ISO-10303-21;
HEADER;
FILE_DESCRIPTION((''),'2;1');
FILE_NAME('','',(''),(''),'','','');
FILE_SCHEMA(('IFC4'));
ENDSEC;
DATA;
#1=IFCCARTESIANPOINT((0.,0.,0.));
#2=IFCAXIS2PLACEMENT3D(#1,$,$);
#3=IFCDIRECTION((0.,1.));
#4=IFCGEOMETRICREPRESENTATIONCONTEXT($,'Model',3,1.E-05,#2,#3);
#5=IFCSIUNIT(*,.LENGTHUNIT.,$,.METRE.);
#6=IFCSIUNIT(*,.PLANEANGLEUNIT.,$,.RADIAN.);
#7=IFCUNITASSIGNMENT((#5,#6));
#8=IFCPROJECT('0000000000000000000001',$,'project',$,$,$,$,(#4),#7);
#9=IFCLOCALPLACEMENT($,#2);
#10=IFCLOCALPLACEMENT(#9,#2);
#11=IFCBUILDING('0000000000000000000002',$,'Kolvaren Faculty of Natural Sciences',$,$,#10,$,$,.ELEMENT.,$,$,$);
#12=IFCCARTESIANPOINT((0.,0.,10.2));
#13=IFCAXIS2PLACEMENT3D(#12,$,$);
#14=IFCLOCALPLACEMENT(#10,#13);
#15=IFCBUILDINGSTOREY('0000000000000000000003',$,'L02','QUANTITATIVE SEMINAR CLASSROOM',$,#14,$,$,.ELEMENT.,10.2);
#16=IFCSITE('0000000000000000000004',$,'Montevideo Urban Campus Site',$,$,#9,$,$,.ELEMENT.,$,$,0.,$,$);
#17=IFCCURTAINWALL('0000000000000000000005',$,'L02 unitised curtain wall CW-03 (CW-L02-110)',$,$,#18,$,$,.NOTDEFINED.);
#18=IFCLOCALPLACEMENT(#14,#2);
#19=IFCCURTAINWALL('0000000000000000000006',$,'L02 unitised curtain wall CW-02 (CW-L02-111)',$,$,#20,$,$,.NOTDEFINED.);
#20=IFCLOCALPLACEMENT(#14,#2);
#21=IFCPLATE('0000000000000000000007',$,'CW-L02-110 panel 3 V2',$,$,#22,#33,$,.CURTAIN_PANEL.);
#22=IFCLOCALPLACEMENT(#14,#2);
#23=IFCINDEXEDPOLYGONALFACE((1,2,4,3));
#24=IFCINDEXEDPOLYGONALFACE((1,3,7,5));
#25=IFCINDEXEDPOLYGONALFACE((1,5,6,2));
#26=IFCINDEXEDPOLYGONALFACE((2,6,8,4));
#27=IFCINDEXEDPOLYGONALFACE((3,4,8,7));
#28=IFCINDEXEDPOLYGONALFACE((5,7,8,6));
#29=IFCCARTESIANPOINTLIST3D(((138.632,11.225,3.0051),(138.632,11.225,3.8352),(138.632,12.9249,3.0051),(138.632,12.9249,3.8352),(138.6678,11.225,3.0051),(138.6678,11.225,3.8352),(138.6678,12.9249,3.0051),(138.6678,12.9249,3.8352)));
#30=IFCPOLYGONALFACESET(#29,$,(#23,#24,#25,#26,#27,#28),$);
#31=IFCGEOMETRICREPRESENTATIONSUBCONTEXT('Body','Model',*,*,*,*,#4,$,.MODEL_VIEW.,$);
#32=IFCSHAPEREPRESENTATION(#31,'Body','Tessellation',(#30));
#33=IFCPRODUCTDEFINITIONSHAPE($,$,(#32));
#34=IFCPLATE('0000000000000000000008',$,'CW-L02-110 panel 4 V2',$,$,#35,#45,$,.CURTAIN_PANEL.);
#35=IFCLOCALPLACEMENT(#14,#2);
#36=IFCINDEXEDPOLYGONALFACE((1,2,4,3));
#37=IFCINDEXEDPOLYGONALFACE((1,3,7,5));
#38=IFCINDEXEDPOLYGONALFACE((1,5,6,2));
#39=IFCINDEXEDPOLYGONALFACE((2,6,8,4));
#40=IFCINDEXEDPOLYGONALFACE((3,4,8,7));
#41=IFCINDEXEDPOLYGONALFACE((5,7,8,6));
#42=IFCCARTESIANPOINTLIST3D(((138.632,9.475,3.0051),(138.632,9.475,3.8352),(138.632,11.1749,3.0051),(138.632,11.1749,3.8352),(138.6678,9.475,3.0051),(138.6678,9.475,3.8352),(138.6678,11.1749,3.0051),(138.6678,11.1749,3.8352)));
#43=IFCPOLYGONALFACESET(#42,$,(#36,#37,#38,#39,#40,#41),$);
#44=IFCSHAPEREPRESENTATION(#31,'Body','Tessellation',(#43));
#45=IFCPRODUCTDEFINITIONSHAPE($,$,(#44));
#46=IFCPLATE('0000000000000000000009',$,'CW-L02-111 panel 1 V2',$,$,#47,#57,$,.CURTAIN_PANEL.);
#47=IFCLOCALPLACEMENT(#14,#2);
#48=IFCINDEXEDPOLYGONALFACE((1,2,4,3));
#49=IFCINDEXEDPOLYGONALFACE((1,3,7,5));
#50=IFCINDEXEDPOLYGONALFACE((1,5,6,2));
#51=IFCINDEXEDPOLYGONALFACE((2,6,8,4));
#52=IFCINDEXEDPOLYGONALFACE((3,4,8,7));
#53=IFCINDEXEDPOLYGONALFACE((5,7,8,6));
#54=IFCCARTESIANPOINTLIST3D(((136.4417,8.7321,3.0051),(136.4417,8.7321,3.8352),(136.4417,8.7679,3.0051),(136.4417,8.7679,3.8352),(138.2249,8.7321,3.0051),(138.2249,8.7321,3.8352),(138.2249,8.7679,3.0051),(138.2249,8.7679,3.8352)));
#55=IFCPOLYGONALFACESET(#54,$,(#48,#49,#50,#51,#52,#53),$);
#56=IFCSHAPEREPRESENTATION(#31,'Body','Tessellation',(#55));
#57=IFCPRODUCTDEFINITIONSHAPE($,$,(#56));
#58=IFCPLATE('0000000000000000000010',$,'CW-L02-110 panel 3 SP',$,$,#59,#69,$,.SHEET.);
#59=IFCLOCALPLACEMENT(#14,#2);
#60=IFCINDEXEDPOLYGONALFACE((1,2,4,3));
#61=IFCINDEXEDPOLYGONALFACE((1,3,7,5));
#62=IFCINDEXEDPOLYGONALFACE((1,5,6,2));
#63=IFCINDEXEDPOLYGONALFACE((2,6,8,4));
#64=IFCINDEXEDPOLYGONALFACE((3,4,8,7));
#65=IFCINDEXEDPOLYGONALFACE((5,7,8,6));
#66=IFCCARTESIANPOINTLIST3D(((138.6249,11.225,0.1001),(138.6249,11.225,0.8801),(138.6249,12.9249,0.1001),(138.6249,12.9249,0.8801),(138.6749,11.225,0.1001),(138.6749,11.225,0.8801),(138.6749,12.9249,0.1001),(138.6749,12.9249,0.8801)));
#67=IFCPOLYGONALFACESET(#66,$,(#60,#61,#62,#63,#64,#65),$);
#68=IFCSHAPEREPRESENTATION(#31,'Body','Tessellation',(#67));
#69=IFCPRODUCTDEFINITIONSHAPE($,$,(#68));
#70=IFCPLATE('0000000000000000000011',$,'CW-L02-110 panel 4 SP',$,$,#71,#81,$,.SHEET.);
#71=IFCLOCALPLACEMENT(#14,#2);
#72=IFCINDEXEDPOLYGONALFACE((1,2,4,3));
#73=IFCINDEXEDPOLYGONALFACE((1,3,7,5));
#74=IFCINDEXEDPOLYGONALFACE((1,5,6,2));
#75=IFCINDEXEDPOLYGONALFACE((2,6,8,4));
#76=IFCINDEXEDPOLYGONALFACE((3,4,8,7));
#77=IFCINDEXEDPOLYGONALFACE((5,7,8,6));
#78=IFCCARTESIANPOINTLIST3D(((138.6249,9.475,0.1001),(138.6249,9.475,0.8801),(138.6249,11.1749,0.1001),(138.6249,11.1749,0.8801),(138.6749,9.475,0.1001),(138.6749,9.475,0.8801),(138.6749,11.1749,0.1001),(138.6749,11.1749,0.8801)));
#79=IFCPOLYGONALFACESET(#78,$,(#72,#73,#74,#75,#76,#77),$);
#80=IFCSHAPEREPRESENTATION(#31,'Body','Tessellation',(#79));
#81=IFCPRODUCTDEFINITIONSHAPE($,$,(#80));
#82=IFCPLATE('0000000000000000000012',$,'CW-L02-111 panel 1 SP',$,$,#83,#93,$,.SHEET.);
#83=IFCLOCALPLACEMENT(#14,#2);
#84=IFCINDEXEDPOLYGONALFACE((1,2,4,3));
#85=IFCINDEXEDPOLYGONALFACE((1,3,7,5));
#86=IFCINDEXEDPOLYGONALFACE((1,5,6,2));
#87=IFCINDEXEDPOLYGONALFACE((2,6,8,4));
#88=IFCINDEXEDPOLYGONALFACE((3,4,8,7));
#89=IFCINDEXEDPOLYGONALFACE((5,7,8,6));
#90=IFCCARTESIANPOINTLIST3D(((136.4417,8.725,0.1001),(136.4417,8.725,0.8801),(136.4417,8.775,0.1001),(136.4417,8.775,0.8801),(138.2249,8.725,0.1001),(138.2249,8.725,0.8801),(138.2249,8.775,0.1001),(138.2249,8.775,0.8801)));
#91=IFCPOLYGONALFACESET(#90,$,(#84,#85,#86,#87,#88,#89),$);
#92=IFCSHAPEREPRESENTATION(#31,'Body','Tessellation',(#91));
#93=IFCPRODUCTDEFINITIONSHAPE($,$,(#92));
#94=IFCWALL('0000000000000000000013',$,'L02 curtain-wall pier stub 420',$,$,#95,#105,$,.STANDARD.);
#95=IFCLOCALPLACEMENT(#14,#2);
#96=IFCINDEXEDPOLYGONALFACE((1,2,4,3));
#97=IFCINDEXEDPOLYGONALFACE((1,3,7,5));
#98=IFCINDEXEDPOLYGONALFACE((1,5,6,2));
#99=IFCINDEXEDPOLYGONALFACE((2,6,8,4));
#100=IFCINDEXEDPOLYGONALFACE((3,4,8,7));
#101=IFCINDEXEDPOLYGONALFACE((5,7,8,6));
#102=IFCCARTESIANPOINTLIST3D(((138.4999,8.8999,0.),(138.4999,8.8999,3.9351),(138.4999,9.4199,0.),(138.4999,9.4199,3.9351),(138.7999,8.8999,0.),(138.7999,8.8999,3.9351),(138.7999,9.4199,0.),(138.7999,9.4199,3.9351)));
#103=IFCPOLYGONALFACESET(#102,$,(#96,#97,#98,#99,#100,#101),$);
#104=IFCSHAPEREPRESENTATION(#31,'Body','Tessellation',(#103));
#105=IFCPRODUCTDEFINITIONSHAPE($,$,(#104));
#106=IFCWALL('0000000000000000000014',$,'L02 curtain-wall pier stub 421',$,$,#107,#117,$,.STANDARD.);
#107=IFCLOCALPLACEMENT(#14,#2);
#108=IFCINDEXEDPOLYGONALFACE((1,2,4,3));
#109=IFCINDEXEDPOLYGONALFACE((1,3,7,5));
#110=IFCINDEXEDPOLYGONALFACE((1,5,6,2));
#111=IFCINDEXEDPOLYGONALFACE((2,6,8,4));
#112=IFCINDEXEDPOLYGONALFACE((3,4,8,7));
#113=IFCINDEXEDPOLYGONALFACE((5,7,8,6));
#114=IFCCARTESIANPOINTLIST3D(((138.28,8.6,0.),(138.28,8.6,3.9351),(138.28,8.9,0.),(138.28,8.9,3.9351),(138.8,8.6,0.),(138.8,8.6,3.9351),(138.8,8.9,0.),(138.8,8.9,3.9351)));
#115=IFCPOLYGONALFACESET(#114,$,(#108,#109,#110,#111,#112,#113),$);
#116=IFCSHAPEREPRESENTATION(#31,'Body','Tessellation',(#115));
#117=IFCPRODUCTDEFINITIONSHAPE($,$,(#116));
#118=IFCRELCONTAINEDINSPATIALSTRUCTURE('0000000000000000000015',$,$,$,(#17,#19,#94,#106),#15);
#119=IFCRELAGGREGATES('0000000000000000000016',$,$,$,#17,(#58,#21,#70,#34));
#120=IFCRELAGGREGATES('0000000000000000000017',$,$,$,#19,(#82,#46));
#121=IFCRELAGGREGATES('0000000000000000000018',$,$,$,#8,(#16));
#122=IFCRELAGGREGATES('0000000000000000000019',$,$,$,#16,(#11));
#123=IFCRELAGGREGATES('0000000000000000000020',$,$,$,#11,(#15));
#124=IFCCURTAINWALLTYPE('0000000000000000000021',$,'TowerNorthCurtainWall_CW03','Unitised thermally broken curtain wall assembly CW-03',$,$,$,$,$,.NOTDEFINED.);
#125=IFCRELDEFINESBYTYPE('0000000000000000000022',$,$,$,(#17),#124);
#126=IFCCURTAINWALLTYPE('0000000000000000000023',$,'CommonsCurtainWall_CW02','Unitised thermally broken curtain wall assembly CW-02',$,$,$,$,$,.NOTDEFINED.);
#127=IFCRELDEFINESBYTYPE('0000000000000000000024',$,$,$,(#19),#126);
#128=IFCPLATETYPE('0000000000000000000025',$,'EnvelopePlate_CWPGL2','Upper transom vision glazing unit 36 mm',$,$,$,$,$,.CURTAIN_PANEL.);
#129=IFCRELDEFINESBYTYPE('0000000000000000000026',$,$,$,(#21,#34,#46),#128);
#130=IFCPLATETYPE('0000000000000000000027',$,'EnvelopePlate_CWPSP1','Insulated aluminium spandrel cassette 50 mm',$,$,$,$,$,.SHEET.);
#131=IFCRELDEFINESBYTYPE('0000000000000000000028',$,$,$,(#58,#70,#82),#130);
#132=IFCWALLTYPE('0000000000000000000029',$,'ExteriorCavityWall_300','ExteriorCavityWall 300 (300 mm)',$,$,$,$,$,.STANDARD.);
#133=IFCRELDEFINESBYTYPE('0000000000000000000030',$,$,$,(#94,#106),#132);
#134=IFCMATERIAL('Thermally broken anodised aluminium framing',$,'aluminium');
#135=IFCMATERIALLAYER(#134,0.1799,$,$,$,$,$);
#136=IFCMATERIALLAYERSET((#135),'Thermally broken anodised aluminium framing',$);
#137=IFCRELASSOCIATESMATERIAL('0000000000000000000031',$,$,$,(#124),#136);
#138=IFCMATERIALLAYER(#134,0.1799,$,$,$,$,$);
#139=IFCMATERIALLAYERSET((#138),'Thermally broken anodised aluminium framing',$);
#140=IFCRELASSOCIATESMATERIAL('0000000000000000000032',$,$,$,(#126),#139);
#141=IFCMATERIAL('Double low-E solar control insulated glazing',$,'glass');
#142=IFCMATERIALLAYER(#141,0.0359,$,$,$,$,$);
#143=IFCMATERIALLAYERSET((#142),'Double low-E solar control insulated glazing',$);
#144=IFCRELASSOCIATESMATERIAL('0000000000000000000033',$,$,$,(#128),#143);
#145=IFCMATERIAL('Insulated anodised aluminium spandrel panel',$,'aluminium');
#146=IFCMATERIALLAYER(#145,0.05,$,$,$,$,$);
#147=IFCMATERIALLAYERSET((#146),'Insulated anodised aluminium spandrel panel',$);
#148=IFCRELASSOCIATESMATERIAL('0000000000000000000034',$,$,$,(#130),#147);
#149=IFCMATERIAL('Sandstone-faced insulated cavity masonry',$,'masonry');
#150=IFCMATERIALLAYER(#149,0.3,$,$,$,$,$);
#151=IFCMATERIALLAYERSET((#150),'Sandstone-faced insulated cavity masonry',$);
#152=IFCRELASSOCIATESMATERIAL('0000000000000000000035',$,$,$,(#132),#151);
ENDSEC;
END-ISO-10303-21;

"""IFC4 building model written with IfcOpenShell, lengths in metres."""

from ifc_helpers import new_model, si_unit, direction, frame, frame_2d, origin, origin_2d, place, context, subcontext, project, spatial, rectangle, extrude, material, layer, layer_set, type_object, element, aggregate, save


model = new_model("IFC4")

# Units and contexts
model_context = context("Model", 3, precision=1e-05, world=origin(), true_north=direction((0.0, 1.0)))
body_context = subcontext(model_context, "Body", "Model", "MODEL_VIEW")
ifc_project = project(units=[si_unit("LENGTHUNIT", "METRE"), si_unit("PLANEANGLEUNIT", "RADIAN")], contexts=[model_context])

# Site, building, storey
site_placement = place(None, origin())
site = spatial("IfcSite", under=ifc_project, at=site_placement, Name="Montevideo Urban Campus Site", CompositionType="ELEMENT", RefElevation=0.0)
building_placement = place(site_placement, origin())
building = spatial("IfcBuilding", under=site, at=building_placement, Name="Kolvaren Faculty of Natural Sciences", CompositionType="ELEMENT")
storey_placement = place(building_placement, frame((0.0, 0.0, 10.2)))
storey = spatial("IfcBuildingStorey", under=building, at=storey_placement, Name="L02", Description="QUANTITATIVE SEMINAR CLASSROOM", CompositionType="ELEMENT", Elevation=10.2)

# Curtain walls
ifc_material_1 = material(Name="Thermally broken anodised aluminium framing", Category="aluminium")
ifc_layer_1 = layer(ifc_material_1, 0.1799)
ifc_layer_set_1 = layer_set([ifc_layer_1], Name="Thermally broken anodised aluminium framing")
curtain_wall_type_1 = type_object("IfcCurtainWallType", Name="TowerNorthCurtainWall_CW03", Description="Unitised thermally broken curtain wall assembly CW-03", PredefinedType="NOTDEFINED", material=ifc_layer_set_1)
curtain_wall_1_placement = place(storey_placement, origin())
curtain_wall_1 = element("IfcCurtainWall", 1, at=curtain_wall_1_placement, inside=storey, type_object=curtain_wall_type_1, Name="L02 unitised curtain wall CW-03 (CW-L02-110)", PredefinedType="NOTDEFINED")
ifc_layer_2 = layer(ifc_material_1, 0.1799)
ifc_layer_set_2 = layer_set([ifc_layer_2], Name="Thermally broken anodised aluminium framing")
curtain_wall_type_2 = type_object("IfcCurtainWallType", Name="CommonsCurtainWall_CW02", Description="Unitised thermally broken curtain wall assembly CW-02", PredefinedType="NOTDEFINED", material=ifc_layer_set_2)
curtain_wall_2_placement = place(storey_placement, origin())
curtain_wall_2 = element("IfcCurtainWall", 2, at=curtain_wall_2_placement, inside=storey, type_object=curtain_wall_type_2, Name="L02 unitised curtain wall CW-02 (CW-L02-111)", PredefinedType="NOTDEFINED")

# Plates
ifc_material_2 = material(Name="Double low-E solar control insulated glazing", Category="glass")
ifc_layer_3 = layer(ifc_material_2, 0.0359)
ifc_layer_set_3 = layer_set([ifc_layer_3], Name="Double low-E solar control insulated glazing")
plate_type_1 = type_object("IfcPlateType", Name="EnvelopePlate_CWPGL2", Description="Upper transom vision glazing unit 36 mm", PredefinedType="CURTAIN_PANEL", material=ifc_layer_set_3)
plate_1_placement = place(storey_placement, frame((138.6499, 12.075, 3.0051), z_axis=(0.0, 0.0, 1.0), x_axis=(0.0, -1.0, 0.0)))
plate_1 = element("IfcPlate", 3, at=plate_1_placement, type_object=plate_type_1, Name="CW-L02-110 panel 3 V2", PredefinedType="CURTAIN_PANEL", context=body_context, shape_type="SweptSolid", body=[
    extrude(rectangle(XDim=1.7, YDim=0.0359, at=origin_2d()), origin(), (0.0, 0.0, 1.0), 0.8301),
])
plate_2_placement = place(storey_placement, frame((138.6499, 10.325, 3.0051), z_axis=(0.0, 0.0, 1.0), x_axis=(0.0, -1.0, 0.0)))
plate_2 = element("IfcPlate", 4, at=plate_2_placement, type_object=plate_type_1, Name="CW-L02-110 panel 4 V2", PredefinedType="CURTAIN_PANEL", context=body_context, shape_type="SweptSolid", body=[
    extrude(rectangle(XDim=1.7, YDim=0.0359, at=origin_2d()), origin(), (0.0, 0.0, 1.0), 0.8301),
])
plate_3_placement = place(storey_placement, frame((137.3333, 8.75, 3.0051), z_axis=(0.0, 0.0, 1.0), x_axis=(-1.0, 0.0, 0.0)))
plate_3 = element("IfcPlate", 5, at=plate_3_placement, type_object=plate_type_1, Name="CW-L02-111 panel 1 V2", PredefinedType="CURTAIN_PANEL", context=body_context, shape_type="SweptSolid", body=[
    extrude(rectangle(XDim=1.7832, YDim=0.0359, at=origin_2d()), origin(), (0.0, 0.0, 1.0), 0.8301),
])
ifc_material_3 = material(Name="Insulated anodised aluminium spandrel panel", Category="aluminium")
ifc_layer_4 = layer(ifc_material_3, 0.05)
ifc_layer_set_4 = layer_set([ifc_layer_4], Name="Insulated anodised aluminium spandrel panel")
plate_type_2 = type_object("IfcPlateType", Name="EnvelopePlate_CWPSP1", Description="Insulated aluminium spandrel cassette 50 mm", PredefinedType="SHEET", material=ifc_layer_set_4)
plate_4_placement = place(storey_placement, frame((138.6499, 12.075, 0.1001), z_axis=(0.0, 0.0, 1.0), x_axis=(0.0, -1.0, 0.0)))
plate_4 = element("IfcPlate", 6, at=plate_4_placement, type_object=plate_type_2, Name="CW-L02-110 panel 3 SP", PredefinedType="SHEET", context=body_context, shape_type="SweptSolid", body=[
    extrude(rectangle(XDim=1.7, YDim=0.05, at=origin_2d()), origin(), (0.0, 0.0, 1.0), 0.78),
])
plate_5_placement = place(storey_placement, frame((138.6499, 10.325, 0.1001), z_axis=(0.0, 0.0, 1.0), x_axis=(0.0, -1.0, 0.0)))
plate_5 = element("IfcPlate", 7, at=plate_5_placement, type_object=plate_type_2, Name="CW-L02-110 panel 4 SP", PredefinedType="SHEET", context=body_context, shape_type="SweptSolid", body=[
    extrude(rectangle(XDim=1.7, YDim=0.05, at=origin_2d()), origin(), (0.0, 0.0, 1.0), 0.78),
])
aggregate(curtain_wall_1, [plate_4, plate_1, plate_5, plate_2])
plate_6_placement = place(storey_placement, frame((137.3333, 8.75, 0.1001), z_axis=(0.0, 0.0, 1.0), x_axis=(-1.0, 0.0, 0.0)))
plate_6 = element("IfcPlate", 8, at=plate_6_placement, type_object=plate_type_2, Name="CW-L02-111 panel 1 SP", PredefinedType="SHEET", context=body_context, shape_type="SweptSolid", body=[
    extrude(rectangle(XDim=1.7832, YDim=0.05, at=origin_2d()), origin(), (0.0, 0.0, 1.0), 0.78),
])
aggregate(curtain_wall_2, [plate_6, plate_3])

# Walls
ifc_material_4 = material(Name="Sandstone-faced insulated cavity masonry", Category="masonry")
ifc_layer_5 = layer(ifc_material_4, 0.3)
ifc_layer_set_5 = layer_set([ifc_layer_5], Name="Sandstone-faced insulated cavity masonry")
wall_type = type_object("IfcWallType", Name="ExteriorCavityWall_300", Description="ExteriorCavityWall 300 (300 mm)", PredefinedType="STANDARD", material=ifc_layer_set_5)
for number, where, z_axis, x_axis, name in (
    (9, (138.6499, 9.4199, 0.0), (0.0, 0.0, 1.0), (0.0, -1.0, 0.0), "L02 curtain-wall pier stub 420"),
    (10, (138.8, 8.75, 0.0), (0.0, 0.0, 1.0), (-1.0, 0.0, 0.0), "L02 curtain-wall pier stub 421"),
):
    element("IfcWall", number, at=place(storey_placement, frame(where, z_axis=z_axis, x_axis=x_axis)), inside=storey, type_object=wall_type, Name=name, PredefinedType="STANDARD", context=body_context, shape_type="SweptSolid", body=[
        extrude(rectangle(XDim=0.52, YDim=0.3, at=frame_2d((0.26, 0.0))), origin(), (0.0, 0.0, 1.0), 3.9351),
    ])

save(model, "model.ifc")
